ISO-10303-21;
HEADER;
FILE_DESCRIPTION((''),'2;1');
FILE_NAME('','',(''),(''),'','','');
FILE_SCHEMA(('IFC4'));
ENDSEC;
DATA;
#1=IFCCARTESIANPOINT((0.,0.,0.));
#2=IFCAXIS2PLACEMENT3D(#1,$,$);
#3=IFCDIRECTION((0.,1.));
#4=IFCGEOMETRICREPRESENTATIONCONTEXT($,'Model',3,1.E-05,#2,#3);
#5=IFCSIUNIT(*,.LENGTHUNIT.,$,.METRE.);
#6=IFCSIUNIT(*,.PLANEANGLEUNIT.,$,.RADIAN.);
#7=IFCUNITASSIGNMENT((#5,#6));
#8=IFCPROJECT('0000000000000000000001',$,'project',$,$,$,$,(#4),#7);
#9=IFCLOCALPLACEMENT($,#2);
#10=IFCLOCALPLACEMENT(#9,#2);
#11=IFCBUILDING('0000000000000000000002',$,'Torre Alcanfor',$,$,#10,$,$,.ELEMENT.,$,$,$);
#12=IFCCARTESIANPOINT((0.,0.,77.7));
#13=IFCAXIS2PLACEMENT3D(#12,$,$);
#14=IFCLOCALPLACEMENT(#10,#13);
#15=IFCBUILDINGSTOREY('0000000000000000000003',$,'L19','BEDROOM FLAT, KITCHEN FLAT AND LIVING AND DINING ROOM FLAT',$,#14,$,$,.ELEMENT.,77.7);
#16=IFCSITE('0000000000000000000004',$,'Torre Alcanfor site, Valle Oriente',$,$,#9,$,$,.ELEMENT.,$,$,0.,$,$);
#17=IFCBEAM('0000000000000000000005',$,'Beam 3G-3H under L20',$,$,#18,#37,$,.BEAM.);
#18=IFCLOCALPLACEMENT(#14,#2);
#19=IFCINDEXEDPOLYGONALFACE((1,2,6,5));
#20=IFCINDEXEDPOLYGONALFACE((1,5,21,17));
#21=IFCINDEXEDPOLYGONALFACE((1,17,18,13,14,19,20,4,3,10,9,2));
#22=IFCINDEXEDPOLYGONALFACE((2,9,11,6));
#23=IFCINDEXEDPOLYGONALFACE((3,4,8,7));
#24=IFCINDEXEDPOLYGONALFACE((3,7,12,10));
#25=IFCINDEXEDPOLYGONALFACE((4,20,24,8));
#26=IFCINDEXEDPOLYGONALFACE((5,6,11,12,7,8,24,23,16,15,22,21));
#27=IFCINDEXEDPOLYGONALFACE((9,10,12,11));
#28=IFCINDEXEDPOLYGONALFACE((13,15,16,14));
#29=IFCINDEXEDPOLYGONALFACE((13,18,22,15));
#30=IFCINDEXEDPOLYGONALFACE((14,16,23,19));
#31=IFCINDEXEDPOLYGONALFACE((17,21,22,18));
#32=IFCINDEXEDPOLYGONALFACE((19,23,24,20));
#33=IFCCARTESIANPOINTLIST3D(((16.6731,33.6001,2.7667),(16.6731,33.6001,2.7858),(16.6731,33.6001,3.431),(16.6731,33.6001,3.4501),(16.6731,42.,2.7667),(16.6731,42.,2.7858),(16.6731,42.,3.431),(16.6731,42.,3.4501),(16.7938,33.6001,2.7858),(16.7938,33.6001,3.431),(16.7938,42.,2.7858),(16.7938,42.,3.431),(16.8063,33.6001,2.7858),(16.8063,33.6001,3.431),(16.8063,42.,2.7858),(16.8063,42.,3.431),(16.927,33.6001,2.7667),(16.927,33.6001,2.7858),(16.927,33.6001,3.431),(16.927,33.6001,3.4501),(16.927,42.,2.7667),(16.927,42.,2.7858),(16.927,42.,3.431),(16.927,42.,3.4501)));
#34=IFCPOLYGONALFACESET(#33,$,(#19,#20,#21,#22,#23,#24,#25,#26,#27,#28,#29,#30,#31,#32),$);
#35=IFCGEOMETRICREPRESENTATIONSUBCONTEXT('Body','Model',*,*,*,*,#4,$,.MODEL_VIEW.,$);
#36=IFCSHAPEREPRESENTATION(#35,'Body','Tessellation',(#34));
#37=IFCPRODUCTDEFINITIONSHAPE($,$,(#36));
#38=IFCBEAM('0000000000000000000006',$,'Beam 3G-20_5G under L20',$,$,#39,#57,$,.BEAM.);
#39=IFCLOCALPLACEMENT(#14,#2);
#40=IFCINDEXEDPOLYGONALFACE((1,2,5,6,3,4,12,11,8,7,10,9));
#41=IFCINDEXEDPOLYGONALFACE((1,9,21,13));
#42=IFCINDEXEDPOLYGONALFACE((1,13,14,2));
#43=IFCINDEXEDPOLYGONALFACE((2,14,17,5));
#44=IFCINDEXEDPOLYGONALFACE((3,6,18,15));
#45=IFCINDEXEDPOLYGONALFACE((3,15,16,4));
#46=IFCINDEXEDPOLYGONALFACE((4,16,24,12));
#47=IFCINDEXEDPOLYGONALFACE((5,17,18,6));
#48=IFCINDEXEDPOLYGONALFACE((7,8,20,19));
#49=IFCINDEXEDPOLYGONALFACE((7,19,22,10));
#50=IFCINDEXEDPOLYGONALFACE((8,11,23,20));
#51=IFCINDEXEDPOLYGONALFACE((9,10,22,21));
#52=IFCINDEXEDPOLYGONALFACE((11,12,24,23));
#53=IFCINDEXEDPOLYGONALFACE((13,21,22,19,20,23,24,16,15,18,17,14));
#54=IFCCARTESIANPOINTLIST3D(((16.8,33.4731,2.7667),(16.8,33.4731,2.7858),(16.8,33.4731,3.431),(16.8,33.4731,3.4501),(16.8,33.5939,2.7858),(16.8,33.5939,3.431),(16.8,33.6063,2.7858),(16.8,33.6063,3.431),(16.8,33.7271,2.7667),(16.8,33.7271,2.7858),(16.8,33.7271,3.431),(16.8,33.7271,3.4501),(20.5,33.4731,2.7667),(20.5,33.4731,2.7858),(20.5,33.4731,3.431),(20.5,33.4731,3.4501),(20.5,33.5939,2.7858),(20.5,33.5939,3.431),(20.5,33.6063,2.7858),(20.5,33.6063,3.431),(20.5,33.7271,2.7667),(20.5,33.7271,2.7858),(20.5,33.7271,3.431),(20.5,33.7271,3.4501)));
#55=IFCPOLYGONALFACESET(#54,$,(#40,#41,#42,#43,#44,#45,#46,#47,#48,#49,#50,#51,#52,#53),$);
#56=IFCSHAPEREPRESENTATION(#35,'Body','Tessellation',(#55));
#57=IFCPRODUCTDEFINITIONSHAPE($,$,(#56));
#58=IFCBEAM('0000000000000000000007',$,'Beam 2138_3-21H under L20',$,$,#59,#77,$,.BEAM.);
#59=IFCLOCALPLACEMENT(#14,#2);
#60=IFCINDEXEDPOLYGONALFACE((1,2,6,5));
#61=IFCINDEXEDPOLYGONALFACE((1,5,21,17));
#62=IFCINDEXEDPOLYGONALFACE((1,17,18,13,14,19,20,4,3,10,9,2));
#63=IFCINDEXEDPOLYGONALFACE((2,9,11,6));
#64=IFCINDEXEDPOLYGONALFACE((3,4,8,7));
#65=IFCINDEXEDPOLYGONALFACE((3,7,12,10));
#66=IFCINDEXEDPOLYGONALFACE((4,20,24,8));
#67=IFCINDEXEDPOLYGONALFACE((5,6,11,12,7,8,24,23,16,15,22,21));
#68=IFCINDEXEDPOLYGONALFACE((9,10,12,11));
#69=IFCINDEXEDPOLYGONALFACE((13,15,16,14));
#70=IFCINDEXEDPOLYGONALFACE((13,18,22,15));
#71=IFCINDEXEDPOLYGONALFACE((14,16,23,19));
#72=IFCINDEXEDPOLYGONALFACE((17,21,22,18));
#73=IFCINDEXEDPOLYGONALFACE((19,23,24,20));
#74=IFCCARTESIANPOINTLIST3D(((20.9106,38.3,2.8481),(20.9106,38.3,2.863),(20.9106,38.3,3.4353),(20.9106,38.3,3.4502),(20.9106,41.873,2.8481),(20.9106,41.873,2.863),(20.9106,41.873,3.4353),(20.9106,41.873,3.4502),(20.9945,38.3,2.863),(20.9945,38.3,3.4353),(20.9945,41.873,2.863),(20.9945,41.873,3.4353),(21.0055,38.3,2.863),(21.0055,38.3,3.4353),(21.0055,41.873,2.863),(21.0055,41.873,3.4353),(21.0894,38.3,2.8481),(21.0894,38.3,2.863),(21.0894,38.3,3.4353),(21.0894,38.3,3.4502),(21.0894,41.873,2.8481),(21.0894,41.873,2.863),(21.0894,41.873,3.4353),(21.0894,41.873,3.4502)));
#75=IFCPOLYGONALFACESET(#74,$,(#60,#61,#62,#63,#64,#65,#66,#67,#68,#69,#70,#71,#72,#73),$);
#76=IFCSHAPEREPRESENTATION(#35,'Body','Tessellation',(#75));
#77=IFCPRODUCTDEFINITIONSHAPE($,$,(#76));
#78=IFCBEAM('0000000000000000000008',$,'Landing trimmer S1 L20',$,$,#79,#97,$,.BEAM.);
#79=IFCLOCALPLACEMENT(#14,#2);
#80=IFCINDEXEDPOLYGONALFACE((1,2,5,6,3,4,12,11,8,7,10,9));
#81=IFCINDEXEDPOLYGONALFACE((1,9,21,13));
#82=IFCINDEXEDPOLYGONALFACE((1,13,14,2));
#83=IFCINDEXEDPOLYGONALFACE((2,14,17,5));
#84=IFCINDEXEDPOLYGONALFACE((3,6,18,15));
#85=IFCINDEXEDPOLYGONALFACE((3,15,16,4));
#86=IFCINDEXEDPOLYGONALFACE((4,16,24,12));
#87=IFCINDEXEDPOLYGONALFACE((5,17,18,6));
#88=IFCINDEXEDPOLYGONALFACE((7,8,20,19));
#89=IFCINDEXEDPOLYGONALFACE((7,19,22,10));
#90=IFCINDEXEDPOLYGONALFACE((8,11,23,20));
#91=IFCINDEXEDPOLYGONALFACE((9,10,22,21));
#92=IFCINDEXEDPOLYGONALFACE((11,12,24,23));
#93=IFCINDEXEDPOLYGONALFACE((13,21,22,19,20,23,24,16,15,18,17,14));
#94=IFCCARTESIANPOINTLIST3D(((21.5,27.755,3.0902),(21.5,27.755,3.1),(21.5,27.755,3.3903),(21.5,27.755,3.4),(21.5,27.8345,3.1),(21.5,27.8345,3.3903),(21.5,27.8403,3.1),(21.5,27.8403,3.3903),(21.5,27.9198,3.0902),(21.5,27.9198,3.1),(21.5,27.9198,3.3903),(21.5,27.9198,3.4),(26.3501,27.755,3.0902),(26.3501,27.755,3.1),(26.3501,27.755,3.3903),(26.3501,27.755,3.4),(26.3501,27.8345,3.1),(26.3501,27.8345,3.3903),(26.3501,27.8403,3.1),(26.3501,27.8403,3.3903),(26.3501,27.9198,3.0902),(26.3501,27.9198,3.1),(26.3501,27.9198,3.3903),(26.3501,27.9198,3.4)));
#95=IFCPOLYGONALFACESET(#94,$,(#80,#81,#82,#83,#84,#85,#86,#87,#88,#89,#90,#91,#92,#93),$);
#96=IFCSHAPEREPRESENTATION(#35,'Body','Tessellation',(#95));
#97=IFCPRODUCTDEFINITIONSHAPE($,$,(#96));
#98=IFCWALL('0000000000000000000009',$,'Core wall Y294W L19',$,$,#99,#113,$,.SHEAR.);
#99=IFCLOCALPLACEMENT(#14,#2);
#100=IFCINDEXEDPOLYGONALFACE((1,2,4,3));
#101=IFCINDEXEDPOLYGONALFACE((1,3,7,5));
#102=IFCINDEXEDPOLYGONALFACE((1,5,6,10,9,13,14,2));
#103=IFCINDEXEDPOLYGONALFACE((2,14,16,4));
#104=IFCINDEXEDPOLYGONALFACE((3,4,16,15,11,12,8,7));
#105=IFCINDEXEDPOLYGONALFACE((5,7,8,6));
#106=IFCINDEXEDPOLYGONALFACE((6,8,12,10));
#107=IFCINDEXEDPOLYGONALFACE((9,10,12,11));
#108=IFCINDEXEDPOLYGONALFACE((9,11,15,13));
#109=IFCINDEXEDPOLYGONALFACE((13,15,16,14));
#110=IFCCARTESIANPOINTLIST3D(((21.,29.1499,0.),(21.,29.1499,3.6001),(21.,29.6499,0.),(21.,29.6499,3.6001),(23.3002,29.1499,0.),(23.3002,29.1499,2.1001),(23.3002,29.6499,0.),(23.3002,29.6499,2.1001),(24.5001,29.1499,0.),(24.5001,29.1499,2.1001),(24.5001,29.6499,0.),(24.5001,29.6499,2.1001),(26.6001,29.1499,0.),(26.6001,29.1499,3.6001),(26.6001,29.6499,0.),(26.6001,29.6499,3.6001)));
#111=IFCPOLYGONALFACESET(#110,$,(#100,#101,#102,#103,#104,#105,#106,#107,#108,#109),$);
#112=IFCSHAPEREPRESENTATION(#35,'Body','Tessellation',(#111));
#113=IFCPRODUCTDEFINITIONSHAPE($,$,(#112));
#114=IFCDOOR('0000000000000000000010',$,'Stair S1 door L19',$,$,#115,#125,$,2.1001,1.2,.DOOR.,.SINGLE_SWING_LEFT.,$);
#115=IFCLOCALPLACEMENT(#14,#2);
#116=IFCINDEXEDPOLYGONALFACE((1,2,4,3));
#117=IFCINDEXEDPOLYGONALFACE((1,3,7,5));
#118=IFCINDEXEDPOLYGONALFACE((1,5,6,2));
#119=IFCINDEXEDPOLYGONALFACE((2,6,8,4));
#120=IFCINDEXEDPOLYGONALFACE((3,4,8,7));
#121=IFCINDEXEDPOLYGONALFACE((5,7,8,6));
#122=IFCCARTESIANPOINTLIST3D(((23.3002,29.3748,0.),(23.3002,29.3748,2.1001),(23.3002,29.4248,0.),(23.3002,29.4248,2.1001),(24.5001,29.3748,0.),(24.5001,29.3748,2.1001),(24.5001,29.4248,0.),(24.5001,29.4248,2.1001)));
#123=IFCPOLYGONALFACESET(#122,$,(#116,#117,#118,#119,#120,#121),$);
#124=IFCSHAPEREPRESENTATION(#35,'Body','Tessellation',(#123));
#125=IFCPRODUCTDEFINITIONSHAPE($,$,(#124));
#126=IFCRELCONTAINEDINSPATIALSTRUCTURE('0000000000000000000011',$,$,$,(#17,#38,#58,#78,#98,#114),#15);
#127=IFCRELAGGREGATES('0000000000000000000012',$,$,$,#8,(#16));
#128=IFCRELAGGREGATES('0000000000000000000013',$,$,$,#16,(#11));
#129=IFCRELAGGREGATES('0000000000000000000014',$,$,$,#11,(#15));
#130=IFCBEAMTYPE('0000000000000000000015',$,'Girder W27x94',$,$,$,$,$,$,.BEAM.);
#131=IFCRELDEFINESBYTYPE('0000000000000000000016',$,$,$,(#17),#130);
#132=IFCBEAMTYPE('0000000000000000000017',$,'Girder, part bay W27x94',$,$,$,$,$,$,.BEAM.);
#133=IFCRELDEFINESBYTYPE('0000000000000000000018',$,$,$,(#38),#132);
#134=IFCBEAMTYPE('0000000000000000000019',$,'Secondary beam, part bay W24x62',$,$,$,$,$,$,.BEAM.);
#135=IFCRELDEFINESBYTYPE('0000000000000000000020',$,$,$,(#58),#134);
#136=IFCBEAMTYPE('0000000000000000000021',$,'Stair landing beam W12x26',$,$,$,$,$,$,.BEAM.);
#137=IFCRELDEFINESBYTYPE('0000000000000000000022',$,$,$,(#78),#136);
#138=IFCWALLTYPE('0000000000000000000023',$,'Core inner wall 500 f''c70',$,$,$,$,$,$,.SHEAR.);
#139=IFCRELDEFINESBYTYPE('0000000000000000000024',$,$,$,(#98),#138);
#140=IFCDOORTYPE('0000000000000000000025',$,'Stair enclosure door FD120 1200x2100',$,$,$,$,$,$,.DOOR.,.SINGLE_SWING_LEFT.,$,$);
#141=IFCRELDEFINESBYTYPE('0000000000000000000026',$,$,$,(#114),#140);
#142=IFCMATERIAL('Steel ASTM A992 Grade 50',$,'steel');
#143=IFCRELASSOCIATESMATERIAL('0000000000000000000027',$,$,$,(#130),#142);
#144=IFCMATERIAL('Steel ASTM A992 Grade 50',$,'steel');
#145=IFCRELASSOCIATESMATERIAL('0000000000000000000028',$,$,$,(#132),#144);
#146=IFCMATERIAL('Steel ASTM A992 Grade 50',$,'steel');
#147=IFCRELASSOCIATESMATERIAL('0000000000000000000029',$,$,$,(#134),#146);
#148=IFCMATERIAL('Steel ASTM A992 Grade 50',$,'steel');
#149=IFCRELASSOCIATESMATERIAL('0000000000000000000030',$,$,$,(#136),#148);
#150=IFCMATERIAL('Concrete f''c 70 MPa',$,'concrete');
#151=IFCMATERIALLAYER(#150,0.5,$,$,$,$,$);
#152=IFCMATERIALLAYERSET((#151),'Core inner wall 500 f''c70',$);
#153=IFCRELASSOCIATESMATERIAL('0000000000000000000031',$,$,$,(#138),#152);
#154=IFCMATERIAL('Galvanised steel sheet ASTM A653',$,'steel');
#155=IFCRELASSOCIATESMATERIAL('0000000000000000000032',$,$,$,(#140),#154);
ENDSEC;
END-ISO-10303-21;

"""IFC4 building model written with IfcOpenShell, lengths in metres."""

from ifc_helpers import new_model, si_unit, direction, frame, frame_2d, origin, origin_2d, place, context, subcontext, project, spatial, rectangle, i_section, extrude, material, layer, layer_set, material_profile, profile_set, type_object, element, fill, save


model = new_model("IFC4")

# Units and contexts
model_context = context("Model", 3, precision=1e-05, world=origin(), true_north=direction((0.0, 1.0)))
body_context = subcontext(model_context, "Body", "Model", "MODEL_VIEW")
ifc_project = project(units=[si_unit("LENGTHUNIT", "METRE"), si_unit("PLANEANGLEUNIT", "RADIAN")], contexts=[model_context])

# Site, building, storey
site_placement = place(None, origin())
site = spatial("IfcSite", under=ifc_project, at=site_placement, Name="Torre Alcanfor site, Valle Oriente", CompositionType="ELEMENT", RefElevation=0.0)
building_placement = place(site_placement, origin())
building = spatial("IfcBuilding", under=site, at=building_placement, Name="Torre Alcanfor", CompositionType="ELEMENT")
storey_placement = place(building_placement, frame((0.0, 0.0, 77.7)))
storey = spatial("IfcBuildingStorey", under=building, at=storey_placement, Name="L19", Description="BEDROOM FLAT, KITCHEN FLAT AND LIVING AND DINING ROOM FLAT", CompositionType="ELEMENT", Elevation=77.7)

# Beams
ifc_material_1 = material(Name="Steel ASTM A992 Grade 50", Category="steel")
ifc_material_profile_1 = material_profile(ifc_material_1, i_section(OverallWidth=0.2539, OverallDepth=0.6833, WebThickness=0.0125, FlangeThickness=0.019, at=origin_2d()), Name="W27x94")
ifc_profile_set_1 = profile_set([ifc_material_profile_1], Name="Steel ASTM A992 Grade 50")
beam_type_1 = type_object("IfcBeamType", Name="Girder W27x94", PredefinedType="BEAM", material=ifc_profile_set_1)
beam_1_placement = place(storey_placement, frame((16.8, 33.6001, 3.1084), z_axis=(0.0, 1.0, 0.0), x_axis=(-1.0, 0.0, 0.0)))
element("IfcBeam", 1, at=beam_1_placement, inside=storey, type_object=beam_type_1, Name="Beam 3G-3H under L20", PredefinedType="BEAM", context=body_context, shape_type="SweptSolid", body=[
    extrude(i_section(OverallWidth=0.2539, OverallDepth=0.6833, WebThickness=0.0125, FlangeThickness=0.019, at=origin_2d()), origin(), (0.0, 0.0, 1.0), 8.3999),
])
ifc_material_2 = material(Name="Steel ASTM A992 Grade 50", Category="steel")
ifc_material_profile_2 = material_profile(ifc_material_2, i_section(OverallWidth=0.2539, OverallDepth=0.6833, WebThickness=0.0125, FlangeThickness=0.019, at=origin_2d()), Name="W27x94")
ifc_profile_set_2 = profile_set([ifc_material_profile_2], Name="Steel ASTM A992 Grade 50")
beam_type_2 = type_object("IfcBeamType", Name="Girder, part bay W27x94", PredefinedType="BEAM", material=ifc_profile_set_2)
beam_2_placement = place(storey_placement, frame((16.8, 33.6001, 3.1084), z_axis=(1.0, 0.0, 0.0), x_axis=(0.0, 1.0, 0.0)))
element("IfcBeam", 2, at=beam_2_placement, inside=storey, type_object=beam_type_2, Name="Beam 3G-20_5G under L20", PredefinedType="BEAM", context=body_context, shape_type="SweptSolid", body=[
    extrude(i_section(OverallWidth=0.2539, OverallDepth=0.6833, WebThickness=0.0125, FlangeThickness=0.019, at=origin_2d()), origin(), (0.0, 0.0, 1.0), 3.7),
])
ifc_material_3 = material(Name="Steel ASTM A992 Grade 50", Category="steel")
ifc_material_profile_3 = material_profile(ifc_material_3, i_section(OverallWidth=0.1787, OverallDepth=0.6021, WebThickness=0.011, FlangeThickness=0.0149, at=origin_2d()), Name="W24x62")
ifc_profile_set_3 = profile_set([ifc_material_profile_3], Name="Steel ASTM A992 Grade 50")
beam_type_3 = type_object("IfcBeamType", Name="Secondary beam, part bay W24x62", PredefinedType="BEAM", material=ifc_profile_set_3)
beam_3_placement = place(storey_placement, frame((21.0, 38.3, 3.1492), z_axis=(0.0, 1.0, 0.0), x_axis=(-1.0, 0.0, 0.0)))
element("IfcBeam", 3, at=beam_3_placement, inside=storey, type_object=beam_type_3, Name="Beam 2138_3-21H under L20", PredefinedType="BEAM", context=body_context, shape_type="SweptSolid", body=[
    extrude(i_section(OverallWidth=0.1787, OverallDepth=0.6021, WebThickness=0.011, FlangeThickness=0.0149, at=origin_2d()), origin(), (0.0, 0.0, 1.0), 3.573),
])
ifc_material_4 = material(Name="Steel ASTM A992 Grade 50", Category="steel")
ifc_material_profile_4 = material_profile(ifc_material_4, i_section(OverallWidth=0.1648, OverallDepth=0.3098, WebThickness=0.0059, FlangeThickness=0.0098, at=origin_2d()), Name="W12x26")
ifc_profile_set_4 = profile_set([ifc_material_profile_4], Name="Steel ASTM A992 Grade 50")
beam_type_4 = type_object("IfcBeamType", Name="Stair landing beam W12x26", PredefinedType="BEAM", material=ifc_profile_set_4)
beam_4_placement = place(storey_placement, frame((21.5, 27.8374, 3.2451), z_axis=(1.0, 0.0, 0.0), x_axis=(0.0, 1.0, 0.0)))
element("IfcBeam", 4, at=beam_4_placement, inside=storey, type_object=beam_type_4, Name="Landing trimmer S1 L20", PredefinedType="BEAM", context=body_context, shape_type="SweptSolid", body=[
    extrude(i_section(OverallWidth=0.1648, OverallDepth=0.3098, WebThickness=0.0059, FlangeThickness=0.0098, at=origin_2d()), origin(), (0.0, 0.0, 1.0), 4.8501),
])

# Wall, opening, door
ifc_material_5 = material(Name="Concrete f'c 70 MPa", Category="concrete")
ifc_layer_1 = layer(ifc_material_5, 0.5)
ifc_layer_set_1 = layer_set([ifc_layer_1], Name="Core inner wall 500 f'c70")
wall_type_1 = type_object("IfcWallType", Name="Core inner wall 500 f'c70", PredefinedType="SHEAR", material=ifc_layer_set_1)
wall_1_placement = place(storey_placement, frame((21.0, 29.3999, 0.0), z_axis=(0.0, 0.0, 1.0), x_axis=(1.0, 0.0, 0.0)))
wall_1 = element("IfcWall", 5, at=wall_1_placement, inside=storey, type_object=wall_type_1, Name="Core wall Y294W L19", PredefinedType="SHEAR", context=body_context, shape_type="SweptSolid", body=[
    extrude(rectangle(XDim=5.6001, YDim=0.5, at=frame_2d((2.8, 0.0))), origin(), (0.0, 0.0, 1.0), 3.6001),
])
opening_1_placement = place(wall_1_placement, frame((2.3, 0.0, 0.0)))
opening_1 = element("IfcOpeningElement", 6, at=opening_1_placement, cuts=wall_1, PredefinedType="OPENING", context=body_context, shape_type="SweptSolid", body=[
    extrude(rectangle(XDim=1.2, YDim=2.1001, at=frame_2d((0.6001, 1.05))), frame((0.0, 0.26, 0.0), z_axis=(0.0, -1.0, 0.0), x_axis=(1.0, 0.0, 0.0)), (0.0, 0.0, 1.0), 0.52),
])
ifc_material_6 = material(Name="Galvanised steel sheet ASTM A653", Category="steel")
door_type_1 = type_object("IfcDoorType", Name="Stair enclosure door FD120 1200x2100", OperationType="SINGLE_SWING_LEFT", PredefinedType="DOOR", material=ifc_material_6)
door_1_placement = place(opening_1_placement, frame((1.2, 0.0, 0.0), z_axis=(0.0, 0.0, 1.0), x_axis=(-1.0, 0.0, 0.0)))
door_1 = element("IfcDoor", 7, at=door_1_placement, inside=storey, type_object=door_type_1, Name="Stair S1 door L19", OperationType="SINGLE_SWING_LEFT", OverallHeight=2.1001, OverallWidth=1.2, PredefinedType="DOOR", context=body_context, shape_type="SweptSolid", body=[
    extrude(rectangle(XDim=1.2, YDim=2.1001, at=frame_2d((0.5999, 1.05))), frame((0.0, 0.0251, 0.0), z_axis=(0.0, -1.0, 0.0), x_axis=(1.0, 0.0, 0.0)), (0.0, 0.0, 1.0), 0.05),
])
fill(opening_1, door_1)

save(model, "model.ifc")
